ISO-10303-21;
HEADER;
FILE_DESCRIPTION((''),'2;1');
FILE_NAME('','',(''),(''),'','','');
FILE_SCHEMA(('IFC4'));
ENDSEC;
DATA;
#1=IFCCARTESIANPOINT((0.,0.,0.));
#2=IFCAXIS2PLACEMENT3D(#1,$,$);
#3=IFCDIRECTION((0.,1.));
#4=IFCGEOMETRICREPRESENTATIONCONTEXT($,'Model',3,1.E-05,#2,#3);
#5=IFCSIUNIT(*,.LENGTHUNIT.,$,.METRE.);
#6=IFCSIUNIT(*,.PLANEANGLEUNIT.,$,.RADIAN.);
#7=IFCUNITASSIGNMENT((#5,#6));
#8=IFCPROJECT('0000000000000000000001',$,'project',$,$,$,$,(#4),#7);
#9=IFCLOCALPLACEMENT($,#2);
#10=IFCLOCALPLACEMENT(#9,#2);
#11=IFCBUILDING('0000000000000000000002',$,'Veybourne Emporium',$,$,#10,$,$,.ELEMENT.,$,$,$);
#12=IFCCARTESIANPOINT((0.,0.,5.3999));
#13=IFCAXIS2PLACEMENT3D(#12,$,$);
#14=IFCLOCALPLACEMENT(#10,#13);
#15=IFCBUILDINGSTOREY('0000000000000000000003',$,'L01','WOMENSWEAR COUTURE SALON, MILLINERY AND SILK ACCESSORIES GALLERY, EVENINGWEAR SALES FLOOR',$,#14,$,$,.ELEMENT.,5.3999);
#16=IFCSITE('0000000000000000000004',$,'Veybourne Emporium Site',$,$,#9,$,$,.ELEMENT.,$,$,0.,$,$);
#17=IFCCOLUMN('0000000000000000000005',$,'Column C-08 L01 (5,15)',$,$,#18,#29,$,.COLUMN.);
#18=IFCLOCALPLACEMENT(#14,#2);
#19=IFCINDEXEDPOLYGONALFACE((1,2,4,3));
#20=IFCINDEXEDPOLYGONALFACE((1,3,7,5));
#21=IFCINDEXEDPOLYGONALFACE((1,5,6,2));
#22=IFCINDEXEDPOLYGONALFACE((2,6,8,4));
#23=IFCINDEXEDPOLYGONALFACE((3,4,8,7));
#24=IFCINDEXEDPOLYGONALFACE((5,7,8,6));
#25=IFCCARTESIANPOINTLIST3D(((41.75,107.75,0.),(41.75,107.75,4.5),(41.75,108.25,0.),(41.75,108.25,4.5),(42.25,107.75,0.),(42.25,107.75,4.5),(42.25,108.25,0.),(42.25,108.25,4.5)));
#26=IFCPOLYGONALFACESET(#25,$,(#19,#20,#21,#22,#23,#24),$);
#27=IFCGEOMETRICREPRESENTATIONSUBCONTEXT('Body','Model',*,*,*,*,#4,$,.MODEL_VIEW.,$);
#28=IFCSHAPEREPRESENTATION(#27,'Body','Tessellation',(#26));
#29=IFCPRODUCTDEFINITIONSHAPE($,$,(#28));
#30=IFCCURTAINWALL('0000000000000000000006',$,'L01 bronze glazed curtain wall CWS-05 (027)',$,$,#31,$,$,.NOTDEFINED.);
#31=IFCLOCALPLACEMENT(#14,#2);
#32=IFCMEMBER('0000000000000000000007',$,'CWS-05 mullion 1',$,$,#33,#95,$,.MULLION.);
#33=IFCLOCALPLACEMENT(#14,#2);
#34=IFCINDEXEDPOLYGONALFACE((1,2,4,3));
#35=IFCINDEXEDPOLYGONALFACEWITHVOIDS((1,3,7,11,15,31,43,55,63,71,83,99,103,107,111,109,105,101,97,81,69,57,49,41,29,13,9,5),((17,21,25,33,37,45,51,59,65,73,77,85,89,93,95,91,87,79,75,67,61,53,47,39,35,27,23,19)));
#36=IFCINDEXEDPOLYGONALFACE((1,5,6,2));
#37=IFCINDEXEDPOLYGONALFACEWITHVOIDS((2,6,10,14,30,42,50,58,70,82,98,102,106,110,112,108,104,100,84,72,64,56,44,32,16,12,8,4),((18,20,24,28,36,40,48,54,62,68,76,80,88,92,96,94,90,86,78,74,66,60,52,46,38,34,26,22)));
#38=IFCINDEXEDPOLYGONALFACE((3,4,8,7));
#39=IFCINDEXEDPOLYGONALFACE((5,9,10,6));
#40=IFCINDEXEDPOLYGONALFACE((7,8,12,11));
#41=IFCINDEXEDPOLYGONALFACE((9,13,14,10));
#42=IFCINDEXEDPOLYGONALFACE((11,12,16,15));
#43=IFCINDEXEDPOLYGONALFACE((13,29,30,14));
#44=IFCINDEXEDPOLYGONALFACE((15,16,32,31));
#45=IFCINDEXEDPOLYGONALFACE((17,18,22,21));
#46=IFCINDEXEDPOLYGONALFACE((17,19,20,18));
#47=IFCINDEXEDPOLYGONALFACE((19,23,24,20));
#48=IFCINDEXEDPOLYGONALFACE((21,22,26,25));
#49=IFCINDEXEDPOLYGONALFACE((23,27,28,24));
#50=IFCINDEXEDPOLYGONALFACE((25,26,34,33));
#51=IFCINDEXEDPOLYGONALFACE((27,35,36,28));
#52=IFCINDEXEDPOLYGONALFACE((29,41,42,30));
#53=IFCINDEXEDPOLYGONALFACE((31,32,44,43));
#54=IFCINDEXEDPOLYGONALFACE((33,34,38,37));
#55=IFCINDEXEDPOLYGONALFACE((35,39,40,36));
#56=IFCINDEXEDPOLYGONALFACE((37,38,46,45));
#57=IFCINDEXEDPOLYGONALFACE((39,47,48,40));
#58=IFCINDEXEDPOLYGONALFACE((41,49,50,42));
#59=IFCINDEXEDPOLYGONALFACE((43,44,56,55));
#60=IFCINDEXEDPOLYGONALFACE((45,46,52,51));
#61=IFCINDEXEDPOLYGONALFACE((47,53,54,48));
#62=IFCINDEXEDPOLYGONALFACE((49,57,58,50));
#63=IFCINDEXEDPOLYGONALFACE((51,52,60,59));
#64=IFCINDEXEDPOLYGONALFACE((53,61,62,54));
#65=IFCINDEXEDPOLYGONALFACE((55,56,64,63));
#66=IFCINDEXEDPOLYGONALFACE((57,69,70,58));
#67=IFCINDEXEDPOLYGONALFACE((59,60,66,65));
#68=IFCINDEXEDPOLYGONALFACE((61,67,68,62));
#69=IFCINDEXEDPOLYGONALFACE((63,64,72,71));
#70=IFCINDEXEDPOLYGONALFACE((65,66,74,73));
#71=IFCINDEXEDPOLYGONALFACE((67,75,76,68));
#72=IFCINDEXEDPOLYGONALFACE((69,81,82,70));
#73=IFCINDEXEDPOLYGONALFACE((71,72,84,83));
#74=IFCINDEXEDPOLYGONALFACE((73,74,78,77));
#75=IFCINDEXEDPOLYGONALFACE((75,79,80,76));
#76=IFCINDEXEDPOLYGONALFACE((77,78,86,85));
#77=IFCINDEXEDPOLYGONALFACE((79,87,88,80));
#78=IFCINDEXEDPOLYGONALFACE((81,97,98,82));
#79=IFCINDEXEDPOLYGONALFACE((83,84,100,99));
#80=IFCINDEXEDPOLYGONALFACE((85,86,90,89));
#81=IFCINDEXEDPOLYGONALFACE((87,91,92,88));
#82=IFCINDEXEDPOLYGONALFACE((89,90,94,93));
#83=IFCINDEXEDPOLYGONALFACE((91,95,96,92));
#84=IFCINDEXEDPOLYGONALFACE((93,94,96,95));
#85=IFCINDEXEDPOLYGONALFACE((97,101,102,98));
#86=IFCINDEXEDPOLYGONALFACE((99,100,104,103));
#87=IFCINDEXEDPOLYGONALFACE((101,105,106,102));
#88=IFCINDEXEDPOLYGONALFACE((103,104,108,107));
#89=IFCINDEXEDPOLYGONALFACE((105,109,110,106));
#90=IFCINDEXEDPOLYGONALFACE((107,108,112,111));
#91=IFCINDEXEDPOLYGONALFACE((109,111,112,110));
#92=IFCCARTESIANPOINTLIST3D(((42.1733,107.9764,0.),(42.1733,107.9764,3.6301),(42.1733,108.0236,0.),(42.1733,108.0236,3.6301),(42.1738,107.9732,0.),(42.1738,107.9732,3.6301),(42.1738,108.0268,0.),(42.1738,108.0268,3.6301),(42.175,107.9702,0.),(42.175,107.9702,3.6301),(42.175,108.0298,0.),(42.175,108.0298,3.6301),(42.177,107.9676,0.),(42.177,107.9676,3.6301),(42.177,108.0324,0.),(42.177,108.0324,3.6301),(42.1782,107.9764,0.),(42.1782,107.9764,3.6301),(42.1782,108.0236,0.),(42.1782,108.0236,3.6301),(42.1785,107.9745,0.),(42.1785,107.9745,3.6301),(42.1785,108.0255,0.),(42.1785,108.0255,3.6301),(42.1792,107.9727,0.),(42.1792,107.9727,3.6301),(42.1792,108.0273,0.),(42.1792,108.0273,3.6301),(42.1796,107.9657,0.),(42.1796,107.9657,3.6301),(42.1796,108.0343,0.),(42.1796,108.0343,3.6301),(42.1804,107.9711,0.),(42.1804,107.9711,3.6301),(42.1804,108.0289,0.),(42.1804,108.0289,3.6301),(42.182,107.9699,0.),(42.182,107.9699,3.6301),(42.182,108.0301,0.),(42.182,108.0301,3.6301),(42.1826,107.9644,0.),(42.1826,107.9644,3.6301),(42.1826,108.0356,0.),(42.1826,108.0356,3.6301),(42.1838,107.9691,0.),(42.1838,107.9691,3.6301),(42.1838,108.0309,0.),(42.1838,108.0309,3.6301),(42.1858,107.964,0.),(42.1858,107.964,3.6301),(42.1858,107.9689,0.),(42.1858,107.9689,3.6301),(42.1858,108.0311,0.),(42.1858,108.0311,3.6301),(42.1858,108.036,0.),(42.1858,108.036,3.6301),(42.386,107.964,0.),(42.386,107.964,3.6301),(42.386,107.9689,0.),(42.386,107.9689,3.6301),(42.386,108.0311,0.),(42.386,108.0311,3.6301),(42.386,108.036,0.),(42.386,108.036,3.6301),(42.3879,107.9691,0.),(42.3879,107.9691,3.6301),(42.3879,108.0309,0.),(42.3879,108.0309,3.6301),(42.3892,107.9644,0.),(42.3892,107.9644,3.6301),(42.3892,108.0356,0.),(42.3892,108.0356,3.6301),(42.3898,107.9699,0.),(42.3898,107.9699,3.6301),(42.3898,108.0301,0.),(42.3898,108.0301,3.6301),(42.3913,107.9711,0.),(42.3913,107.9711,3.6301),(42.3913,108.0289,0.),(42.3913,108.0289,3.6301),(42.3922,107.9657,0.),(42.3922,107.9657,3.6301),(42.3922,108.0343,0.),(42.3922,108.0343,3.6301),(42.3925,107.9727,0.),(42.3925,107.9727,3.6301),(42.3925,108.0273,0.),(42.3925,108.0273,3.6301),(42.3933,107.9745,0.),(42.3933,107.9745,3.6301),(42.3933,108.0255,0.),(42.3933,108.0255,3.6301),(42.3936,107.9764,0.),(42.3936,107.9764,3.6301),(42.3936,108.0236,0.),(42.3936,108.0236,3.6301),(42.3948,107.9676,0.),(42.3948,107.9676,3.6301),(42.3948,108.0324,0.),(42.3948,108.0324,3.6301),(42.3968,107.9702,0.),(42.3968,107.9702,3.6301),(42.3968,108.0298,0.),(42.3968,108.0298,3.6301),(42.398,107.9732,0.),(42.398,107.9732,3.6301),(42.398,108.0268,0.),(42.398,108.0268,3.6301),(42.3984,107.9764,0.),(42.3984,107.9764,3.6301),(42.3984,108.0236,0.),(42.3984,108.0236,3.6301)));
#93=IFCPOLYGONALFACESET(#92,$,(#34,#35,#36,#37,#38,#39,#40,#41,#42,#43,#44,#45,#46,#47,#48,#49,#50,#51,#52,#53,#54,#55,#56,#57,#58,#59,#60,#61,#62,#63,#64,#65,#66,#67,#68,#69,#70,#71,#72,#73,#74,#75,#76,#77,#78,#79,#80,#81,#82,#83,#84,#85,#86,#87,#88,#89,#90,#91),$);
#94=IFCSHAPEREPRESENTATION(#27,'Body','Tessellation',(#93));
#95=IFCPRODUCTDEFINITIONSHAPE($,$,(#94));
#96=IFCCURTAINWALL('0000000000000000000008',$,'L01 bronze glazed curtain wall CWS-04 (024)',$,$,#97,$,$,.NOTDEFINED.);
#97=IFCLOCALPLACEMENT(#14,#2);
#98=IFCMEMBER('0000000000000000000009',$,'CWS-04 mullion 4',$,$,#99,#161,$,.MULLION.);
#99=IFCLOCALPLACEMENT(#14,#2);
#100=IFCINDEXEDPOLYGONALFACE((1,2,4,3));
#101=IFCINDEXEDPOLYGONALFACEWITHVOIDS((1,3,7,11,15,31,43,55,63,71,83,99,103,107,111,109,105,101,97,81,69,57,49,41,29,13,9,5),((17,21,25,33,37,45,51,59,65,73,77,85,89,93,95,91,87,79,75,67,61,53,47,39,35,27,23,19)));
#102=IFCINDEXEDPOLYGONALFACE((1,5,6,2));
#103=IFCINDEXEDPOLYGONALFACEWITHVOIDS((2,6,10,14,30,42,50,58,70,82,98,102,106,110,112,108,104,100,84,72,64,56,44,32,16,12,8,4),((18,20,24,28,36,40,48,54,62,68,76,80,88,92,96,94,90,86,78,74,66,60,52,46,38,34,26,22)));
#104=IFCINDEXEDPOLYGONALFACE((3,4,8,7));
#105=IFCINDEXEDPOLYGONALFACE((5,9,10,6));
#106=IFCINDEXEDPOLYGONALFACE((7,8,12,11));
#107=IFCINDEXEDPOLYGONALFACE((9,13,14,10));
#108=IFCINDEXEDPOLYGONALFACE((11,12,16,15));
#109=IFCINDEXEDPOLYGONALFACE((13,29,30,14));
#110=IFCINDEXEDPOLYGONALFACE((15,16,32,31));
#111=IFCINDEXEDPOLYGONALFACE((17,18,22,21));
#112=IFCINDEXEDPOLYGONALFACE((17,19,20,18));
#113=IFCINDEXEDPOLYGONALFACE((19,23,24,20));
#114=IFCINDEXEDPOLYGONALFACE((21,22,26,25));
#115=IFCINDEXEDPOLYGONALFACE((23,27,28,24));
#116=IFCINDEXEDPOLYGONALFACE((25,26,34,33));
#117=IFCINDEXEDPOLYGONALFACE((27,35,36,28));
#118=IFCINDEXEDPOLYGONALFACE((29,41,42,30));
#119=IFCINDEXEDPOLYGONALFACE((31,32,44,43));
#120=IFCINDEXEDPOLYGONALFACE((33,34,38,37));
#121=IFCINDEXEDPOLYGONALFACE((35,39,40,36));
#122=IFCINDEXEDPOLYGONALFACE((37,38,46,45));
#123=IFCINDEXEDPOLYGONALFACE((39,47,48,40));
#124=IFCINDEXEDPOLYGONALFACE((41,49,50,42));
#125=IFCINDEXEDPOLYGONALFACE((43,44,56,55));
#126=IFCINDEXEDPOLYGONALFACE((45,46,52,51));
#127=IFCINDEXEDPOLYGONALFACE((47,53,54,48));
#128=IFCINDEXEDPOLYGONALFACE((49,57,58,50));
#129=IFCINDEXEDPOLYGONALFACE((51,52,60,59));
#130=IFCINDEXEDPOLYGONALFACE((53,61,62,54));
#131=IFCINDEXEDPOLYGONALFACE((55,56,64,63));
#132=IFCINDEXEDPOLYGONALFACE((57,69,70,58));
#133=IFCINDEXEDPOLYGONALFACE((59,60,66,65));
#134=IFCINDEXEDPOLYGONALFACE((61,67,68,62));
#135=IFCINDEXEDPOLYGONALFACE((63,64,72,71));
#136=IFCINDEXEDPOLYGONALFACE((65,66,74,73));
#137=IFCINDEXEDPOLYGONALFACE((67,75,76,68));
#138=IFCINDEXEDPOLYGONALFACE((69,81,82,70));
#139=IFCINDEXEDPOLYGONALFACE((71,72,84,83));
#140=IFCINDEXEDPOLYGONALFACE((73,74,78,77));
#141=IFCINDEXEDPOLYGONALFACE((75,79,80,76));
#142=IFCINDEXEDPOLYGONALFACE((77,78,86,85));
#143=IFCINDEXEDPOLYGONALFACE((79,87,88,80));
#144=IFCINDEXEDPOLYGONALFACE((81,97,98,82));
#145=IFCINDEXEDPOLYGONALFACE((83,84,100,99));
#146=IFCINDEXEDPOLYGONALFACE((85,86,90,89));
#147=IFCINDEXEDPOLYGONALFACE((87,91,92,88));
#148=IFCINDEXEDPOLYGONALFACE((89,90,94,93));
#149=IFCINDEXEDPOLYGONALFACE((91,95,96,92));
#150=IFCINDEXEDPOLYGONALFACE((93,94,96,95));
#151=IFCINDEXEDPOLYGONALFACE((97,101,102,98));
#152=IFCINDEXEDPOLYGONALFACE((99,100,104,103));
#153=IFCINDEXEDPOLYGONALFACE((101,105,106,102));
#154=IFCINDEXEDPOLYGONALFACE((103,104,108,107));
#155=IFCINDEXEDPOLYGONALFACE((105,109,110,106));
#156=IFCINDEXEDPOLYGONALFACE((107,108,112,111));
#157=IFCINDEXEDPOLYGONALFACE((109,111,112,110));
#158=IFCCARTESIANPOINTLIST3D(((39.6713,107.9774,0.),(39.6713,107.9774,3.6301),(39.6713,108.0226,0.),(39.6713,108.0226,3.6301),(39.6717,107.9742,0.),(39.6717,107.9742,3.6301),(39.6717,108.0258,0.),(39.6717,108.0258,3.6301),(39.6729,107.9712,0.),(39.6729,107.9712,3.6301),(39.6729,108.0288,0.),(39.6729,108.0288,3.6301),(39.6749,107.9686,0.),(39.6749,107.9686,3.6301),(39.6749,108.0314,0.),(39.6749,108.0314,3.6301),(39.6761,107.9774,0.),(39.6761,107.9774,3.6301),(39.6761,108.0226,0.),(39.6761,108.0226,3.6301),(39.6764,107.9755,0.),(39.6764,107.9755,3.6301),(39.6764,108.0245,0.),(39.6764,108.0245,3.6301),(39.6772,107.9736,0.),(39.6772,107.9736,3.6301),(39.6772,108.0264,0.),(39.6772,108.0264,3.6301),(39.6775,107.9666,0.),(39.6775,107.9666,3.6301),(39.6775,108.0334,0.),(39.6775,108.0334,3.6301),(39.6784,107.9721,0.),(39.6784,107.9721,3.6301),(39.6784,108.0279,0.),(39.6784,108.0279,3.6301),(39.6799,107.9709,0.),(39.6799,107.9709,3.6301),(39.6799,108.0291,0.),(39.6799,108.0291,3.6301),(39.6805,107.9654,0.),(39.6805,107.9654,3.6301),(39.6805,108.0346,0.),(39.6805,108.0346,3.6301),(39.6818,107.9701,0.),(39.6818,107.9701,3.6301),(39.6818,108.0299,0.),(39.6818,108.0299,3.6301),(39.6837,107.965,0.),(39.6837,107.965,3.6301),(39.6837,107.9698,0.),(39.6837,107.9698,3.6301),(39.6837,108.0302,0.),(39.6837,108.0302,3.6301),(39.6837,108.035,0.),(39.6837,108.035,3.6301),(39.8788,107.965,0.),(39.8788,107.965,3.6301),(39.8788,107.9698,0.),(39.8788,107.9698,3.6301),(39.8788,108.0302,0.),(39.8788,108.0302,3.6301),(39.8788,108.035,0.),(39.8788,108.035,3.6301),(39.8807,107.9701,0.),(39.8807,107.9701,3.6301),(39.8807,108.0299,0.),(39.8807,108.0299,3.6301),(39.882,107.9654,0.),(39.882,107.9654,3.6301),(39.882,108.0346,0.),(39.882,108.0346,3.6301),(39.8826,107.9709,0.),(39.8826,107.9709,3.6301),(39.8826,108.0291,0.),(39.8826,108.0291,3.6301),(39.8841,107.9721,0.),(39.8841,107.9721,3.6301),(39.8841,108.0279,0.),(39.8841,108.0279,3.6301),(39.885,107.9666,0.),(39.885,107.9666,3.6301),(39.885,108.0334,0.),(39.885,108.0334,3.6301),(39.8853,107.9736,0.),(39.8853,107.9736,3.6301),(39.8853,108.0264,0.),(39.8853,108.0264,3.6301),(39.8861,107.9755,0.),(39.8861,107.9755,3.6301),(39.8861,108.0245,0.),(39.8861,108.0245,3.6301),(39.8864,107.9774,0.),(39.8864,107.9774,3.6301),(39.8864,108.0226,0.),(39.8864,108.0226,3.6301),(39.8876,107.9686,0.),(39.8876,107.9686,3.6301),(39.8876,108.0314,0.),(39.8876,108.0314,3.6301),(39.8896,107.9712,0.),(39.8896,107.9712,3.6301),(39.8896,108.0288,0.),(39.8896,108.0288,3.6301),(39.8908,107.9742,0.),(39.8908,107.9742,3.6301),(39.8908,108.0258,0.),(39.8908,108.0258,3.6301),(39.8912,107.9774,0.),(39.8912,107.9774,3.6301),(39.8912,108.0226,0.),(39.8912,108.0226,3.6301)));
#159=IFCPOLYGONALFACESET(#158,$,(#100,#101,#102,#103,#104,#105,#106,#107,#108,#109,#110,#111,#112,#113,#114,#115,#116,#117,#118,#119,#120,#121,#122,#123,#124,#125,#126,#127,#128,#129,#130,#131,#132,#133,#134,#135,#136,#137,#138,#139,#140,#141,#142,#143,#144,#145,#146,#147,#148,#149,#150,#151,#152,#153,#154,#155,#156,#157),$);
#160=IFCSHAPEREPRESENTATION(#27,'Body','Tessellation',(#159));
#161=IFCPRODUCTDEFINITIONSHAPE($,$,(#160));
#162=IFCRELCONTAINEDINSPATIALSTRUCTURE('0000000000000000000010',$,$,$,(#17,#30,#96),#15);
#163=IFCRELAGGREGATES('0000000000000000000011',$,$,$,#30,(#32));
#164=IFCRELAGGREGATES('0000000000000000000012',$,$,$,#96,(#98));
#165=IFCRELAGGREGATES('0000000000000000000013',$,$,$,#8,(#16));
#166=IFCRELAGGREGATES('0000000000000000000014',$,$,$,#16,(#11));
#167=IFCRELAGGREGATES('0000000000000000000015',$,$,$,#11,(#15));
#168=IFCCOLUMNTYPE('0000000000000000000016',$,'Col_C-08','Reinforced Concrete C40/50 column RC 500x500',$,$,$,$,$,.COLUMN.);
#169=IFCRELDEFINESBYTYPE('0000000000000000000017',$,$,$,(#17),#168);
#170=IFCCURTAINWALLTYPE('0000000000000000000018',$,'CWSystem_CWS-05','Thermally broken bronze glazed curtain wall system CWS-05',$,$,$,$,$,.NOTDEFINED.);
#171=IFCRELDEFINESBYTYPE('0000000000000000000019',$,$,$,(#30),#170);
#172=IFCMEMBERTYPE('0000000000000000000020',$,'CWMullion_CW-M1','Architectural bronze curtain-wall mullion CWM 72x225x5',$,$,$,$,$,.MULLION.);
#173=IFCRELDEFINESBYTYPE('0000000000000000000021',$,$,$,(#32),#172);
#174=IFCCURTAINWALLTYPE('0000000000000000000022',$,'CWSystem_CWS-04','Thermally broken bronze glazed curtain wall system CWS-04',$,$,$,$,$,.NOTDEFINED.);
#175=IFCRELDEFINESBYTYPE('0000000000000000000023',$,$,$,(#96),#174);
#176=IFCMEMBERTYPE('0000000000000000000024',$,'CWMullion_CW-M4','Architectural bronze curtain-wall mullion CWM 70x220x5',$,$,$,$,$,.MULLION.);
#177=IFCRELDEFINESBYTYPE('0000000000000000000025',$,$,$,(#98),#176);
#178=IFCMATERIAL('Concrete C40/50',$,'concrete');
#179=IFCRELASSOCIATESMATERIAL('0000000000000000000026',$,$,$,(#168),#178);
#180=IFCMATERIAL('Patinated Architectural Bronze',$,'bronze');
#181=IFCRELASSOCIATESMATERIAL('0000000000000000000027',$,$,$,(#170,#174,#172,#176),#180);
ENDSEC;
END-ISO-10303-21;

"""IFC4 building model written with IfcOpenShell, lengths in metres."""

from ifc_helpers import new_model, si_unit, direction, frame, origin, origin_2d, place, context, subcontext, project, spatial, rectangle, hollow_rectangle, extrude, material, material_profile, profile_set, type_object, element, aggregate, save


model = new_model("IFC4")

# Units and contexts
model_context = context("Model", 3, precision=1e-05, world=origin(), true_north=direction((0.0, 1.0)))
body_context = subcontext(model_context, "Body", "Model", "MODEL_VIEW")
ifc_project = project(units=[si_unit("LENGTHUNIT", "METRE"), si_unit("PLANEANGLEUNIT", "RADIAN")], contexts=[model_context])

# Site, building, storey
site_placement = place(None, origin())
site = spatial("IfcSite", under=ifc_project, at=site_placement, Name="Veybourne Emporium Site", CompositionType="ELEMENT", RefElevation=0.0)
building_placement = place(site_placement, origin())
building = spatial("IfcBuilding", under=site, at=building_placement, Name="Veybourne Emporium", CompositionType="ELEMENT")
storey_placement = place(building_placement, frame((0.0, 0.0, 5.3999)))
storey = spatial("IfcBuildingStorey", under=building, at=storey_placement, Name="L01", Description="WOMENSWEAR COUTURE SALON, MILLINERY AND SILK ACCESSORIES GALLERY, EVENINGWEAR SALES FLOOR", CompositionType="ELEMENT", Elevation=5.3999)

# Column
ifc_material_1 = material(Name="Concrete C40/50", Category="concrete")
ifc_material_profile_1 = material_profile(ifc_material_1, rectangle(XDim=0.5, YDim=0.5, at=origin_2d()), Name="RC 500x500")
ifc_profile_set_1 = profile_set([ifc_material_profile_1], Name="Concrete C40/50")
column_type = type_object("IfcColumnType", Name="Col_C-08", Description="Reinforced Concrete C40/50 column RC 500x500", PredefinedType="COLUMN", material=ifc_profile_set_1)
column_placement = place(storey_placement, frame((42.0, 108.0, 0.0), z_axis=(0.0, 0.0, 1.0), x_axis=(1.0, 0.0, 0.0)))
element("IfcColumn", 1, at=column_placement, inside=storey, type_object=column_type, Name="Column C-08 L01 (5,15)", PredefinedType="COLUMN", context=body_context, shape_type="SweptSolid", body=[
    extrude(rectangle(XDim=0.5, YDim=0.5, at=origin_2d()), origin(), (0.0, 0.0, 1.0), 4.5),
])

# Curtain wall, member
ifc_material_2 = material(Name="Patinated Architectural Bronze", Category="bronze")
curtain_wall_type_1 = type_object("IfcCurtainWallType", Name="CWSystem_CWS-05", Description="Thermally broken bronze glazed curtain wall system CWS-05", PredefinedType="NOTDEFINED", material=ifc_material_2)
curtain_wall_1_placement = place(storey_placement, origin())
curtain_wall_1 = element("IfcCurtainWall", 2, at=curtain_wall_1_placement, inside=storey, type_object=curtain_wall_type_1, Name="L01 bronze glazed curtain wall CWS-05 (027)", PredefinedType="NOTDEFINED")
ifc_material_profile_2 = material_profile(ifc_material_2, hollow_rectangle(XDim=0.072, YDim=0.2251, WallThickness=0.0049, InnerFilletRadius=0.0076, OuterFilletRadius=0.0125, at=origin_2d()), Name="CWM 72x225x5")
ifc_profile_set_2 = profile_set([ifc_material_profile_2], Name="Patinated Architectural Bronze")
member_type_1 = type_object("IfcMemberType", Name="CWMullion_CW-M1", Description="Architectural bronze curtain-wall mullion CWM 72x225x5", PredefinedType="MULLION", material=ifc_profile_set_2)
member_1_placement = place(storey_placement, frame((42.2859, 108.0, 0.0), z_axis=(0.0, 0.0, 1.0), x_axis=(0.0, 1.0, 0.0)))
member_1 = element("IfcMember", 3, at=member_1_placement, type_object=member_type_1, Name="CWS-05 mullion 1", PredefinedType="MULLION", context=body_context, shape_type="SweptSolid", body=[
    extrude(hollow_rectangle(XDim=0.072, YDim=0.2251, WallThickness=0.0049, InnerFilletRadius=0.0076, OuterFilletRadius=0.0125, at=origin_2d()), origin(), (0.0, 0.0, 1.0), 3.6301),
])

# Curtain wall, member
curtain_wall_type_2 = type_object("IfcCurtainWallType", Name="CWSystem_CWS-04", Description="Thermally broken bronze glazed curtain wall system CWS-04", PredefinedType="NOTDEFINED", material=ifc_material_2)
curtain_wall_2_placement = place(storey_placement, origin())
curtain_wall_2 = element("IfcCurtainWall", 4, at=curtain_wall_2_placement, inside=storey, type_object=curtain_wall_type_2, Name="L01 bronze glazed curtain wall CWS-04 (024)", PredefinedType="NOTDEFINED")
ifc_material_profile_3 = material_profile(ifc_material_2, hollow_rectangle(XDim=0.0701, YDim=0.22, WallThickness=0.0049, InnerFilletRadius=0.0076, OuterFilletRadius=0.0125, at=origin_2d()), Name="CWM 70x220x5")
ifc_profile_set_3 = profile_set([ifc_material_profile_3], Name="Patinated Architectural Bronze")
member_type_2 = type_object("IfcMemberType", Name="CWMullion_CW-M4", Description="Architectural bronze curtain-wall mullion CWM 70x220x5", PredefinedType="MULLION", material=ifc_profile_set_3)
member_2_placement = place(storey_placement, frame((39.7812, 108.0, 0.0), z_axis=(0.0, 0.0, 1.0), x_axis=(0.0, 1.0, 0.0)))
member_2 = element("IfcMember", 5, at=member_2_placement, type_object=member_type_2, Name="CWS-04 mullion 4", PredefinedType="MULLION", context=body_context, shape_type="SweptSolid", body=[
    extrude(hollow_rectangle(XDim=0.0701, YDim=0.22, WallThickness=0.0049, InnerFilletRadius=0.0076, OuterFilletRadius=0.0125, at=origin_2d()), origin(), (0.0, 0.0, 1.0), 3.6301),
])

aggregate(curtain_wall_1, [member_1])

aggregate(curtain_wall_2, [member_2])

save(model, "model.ifc")
